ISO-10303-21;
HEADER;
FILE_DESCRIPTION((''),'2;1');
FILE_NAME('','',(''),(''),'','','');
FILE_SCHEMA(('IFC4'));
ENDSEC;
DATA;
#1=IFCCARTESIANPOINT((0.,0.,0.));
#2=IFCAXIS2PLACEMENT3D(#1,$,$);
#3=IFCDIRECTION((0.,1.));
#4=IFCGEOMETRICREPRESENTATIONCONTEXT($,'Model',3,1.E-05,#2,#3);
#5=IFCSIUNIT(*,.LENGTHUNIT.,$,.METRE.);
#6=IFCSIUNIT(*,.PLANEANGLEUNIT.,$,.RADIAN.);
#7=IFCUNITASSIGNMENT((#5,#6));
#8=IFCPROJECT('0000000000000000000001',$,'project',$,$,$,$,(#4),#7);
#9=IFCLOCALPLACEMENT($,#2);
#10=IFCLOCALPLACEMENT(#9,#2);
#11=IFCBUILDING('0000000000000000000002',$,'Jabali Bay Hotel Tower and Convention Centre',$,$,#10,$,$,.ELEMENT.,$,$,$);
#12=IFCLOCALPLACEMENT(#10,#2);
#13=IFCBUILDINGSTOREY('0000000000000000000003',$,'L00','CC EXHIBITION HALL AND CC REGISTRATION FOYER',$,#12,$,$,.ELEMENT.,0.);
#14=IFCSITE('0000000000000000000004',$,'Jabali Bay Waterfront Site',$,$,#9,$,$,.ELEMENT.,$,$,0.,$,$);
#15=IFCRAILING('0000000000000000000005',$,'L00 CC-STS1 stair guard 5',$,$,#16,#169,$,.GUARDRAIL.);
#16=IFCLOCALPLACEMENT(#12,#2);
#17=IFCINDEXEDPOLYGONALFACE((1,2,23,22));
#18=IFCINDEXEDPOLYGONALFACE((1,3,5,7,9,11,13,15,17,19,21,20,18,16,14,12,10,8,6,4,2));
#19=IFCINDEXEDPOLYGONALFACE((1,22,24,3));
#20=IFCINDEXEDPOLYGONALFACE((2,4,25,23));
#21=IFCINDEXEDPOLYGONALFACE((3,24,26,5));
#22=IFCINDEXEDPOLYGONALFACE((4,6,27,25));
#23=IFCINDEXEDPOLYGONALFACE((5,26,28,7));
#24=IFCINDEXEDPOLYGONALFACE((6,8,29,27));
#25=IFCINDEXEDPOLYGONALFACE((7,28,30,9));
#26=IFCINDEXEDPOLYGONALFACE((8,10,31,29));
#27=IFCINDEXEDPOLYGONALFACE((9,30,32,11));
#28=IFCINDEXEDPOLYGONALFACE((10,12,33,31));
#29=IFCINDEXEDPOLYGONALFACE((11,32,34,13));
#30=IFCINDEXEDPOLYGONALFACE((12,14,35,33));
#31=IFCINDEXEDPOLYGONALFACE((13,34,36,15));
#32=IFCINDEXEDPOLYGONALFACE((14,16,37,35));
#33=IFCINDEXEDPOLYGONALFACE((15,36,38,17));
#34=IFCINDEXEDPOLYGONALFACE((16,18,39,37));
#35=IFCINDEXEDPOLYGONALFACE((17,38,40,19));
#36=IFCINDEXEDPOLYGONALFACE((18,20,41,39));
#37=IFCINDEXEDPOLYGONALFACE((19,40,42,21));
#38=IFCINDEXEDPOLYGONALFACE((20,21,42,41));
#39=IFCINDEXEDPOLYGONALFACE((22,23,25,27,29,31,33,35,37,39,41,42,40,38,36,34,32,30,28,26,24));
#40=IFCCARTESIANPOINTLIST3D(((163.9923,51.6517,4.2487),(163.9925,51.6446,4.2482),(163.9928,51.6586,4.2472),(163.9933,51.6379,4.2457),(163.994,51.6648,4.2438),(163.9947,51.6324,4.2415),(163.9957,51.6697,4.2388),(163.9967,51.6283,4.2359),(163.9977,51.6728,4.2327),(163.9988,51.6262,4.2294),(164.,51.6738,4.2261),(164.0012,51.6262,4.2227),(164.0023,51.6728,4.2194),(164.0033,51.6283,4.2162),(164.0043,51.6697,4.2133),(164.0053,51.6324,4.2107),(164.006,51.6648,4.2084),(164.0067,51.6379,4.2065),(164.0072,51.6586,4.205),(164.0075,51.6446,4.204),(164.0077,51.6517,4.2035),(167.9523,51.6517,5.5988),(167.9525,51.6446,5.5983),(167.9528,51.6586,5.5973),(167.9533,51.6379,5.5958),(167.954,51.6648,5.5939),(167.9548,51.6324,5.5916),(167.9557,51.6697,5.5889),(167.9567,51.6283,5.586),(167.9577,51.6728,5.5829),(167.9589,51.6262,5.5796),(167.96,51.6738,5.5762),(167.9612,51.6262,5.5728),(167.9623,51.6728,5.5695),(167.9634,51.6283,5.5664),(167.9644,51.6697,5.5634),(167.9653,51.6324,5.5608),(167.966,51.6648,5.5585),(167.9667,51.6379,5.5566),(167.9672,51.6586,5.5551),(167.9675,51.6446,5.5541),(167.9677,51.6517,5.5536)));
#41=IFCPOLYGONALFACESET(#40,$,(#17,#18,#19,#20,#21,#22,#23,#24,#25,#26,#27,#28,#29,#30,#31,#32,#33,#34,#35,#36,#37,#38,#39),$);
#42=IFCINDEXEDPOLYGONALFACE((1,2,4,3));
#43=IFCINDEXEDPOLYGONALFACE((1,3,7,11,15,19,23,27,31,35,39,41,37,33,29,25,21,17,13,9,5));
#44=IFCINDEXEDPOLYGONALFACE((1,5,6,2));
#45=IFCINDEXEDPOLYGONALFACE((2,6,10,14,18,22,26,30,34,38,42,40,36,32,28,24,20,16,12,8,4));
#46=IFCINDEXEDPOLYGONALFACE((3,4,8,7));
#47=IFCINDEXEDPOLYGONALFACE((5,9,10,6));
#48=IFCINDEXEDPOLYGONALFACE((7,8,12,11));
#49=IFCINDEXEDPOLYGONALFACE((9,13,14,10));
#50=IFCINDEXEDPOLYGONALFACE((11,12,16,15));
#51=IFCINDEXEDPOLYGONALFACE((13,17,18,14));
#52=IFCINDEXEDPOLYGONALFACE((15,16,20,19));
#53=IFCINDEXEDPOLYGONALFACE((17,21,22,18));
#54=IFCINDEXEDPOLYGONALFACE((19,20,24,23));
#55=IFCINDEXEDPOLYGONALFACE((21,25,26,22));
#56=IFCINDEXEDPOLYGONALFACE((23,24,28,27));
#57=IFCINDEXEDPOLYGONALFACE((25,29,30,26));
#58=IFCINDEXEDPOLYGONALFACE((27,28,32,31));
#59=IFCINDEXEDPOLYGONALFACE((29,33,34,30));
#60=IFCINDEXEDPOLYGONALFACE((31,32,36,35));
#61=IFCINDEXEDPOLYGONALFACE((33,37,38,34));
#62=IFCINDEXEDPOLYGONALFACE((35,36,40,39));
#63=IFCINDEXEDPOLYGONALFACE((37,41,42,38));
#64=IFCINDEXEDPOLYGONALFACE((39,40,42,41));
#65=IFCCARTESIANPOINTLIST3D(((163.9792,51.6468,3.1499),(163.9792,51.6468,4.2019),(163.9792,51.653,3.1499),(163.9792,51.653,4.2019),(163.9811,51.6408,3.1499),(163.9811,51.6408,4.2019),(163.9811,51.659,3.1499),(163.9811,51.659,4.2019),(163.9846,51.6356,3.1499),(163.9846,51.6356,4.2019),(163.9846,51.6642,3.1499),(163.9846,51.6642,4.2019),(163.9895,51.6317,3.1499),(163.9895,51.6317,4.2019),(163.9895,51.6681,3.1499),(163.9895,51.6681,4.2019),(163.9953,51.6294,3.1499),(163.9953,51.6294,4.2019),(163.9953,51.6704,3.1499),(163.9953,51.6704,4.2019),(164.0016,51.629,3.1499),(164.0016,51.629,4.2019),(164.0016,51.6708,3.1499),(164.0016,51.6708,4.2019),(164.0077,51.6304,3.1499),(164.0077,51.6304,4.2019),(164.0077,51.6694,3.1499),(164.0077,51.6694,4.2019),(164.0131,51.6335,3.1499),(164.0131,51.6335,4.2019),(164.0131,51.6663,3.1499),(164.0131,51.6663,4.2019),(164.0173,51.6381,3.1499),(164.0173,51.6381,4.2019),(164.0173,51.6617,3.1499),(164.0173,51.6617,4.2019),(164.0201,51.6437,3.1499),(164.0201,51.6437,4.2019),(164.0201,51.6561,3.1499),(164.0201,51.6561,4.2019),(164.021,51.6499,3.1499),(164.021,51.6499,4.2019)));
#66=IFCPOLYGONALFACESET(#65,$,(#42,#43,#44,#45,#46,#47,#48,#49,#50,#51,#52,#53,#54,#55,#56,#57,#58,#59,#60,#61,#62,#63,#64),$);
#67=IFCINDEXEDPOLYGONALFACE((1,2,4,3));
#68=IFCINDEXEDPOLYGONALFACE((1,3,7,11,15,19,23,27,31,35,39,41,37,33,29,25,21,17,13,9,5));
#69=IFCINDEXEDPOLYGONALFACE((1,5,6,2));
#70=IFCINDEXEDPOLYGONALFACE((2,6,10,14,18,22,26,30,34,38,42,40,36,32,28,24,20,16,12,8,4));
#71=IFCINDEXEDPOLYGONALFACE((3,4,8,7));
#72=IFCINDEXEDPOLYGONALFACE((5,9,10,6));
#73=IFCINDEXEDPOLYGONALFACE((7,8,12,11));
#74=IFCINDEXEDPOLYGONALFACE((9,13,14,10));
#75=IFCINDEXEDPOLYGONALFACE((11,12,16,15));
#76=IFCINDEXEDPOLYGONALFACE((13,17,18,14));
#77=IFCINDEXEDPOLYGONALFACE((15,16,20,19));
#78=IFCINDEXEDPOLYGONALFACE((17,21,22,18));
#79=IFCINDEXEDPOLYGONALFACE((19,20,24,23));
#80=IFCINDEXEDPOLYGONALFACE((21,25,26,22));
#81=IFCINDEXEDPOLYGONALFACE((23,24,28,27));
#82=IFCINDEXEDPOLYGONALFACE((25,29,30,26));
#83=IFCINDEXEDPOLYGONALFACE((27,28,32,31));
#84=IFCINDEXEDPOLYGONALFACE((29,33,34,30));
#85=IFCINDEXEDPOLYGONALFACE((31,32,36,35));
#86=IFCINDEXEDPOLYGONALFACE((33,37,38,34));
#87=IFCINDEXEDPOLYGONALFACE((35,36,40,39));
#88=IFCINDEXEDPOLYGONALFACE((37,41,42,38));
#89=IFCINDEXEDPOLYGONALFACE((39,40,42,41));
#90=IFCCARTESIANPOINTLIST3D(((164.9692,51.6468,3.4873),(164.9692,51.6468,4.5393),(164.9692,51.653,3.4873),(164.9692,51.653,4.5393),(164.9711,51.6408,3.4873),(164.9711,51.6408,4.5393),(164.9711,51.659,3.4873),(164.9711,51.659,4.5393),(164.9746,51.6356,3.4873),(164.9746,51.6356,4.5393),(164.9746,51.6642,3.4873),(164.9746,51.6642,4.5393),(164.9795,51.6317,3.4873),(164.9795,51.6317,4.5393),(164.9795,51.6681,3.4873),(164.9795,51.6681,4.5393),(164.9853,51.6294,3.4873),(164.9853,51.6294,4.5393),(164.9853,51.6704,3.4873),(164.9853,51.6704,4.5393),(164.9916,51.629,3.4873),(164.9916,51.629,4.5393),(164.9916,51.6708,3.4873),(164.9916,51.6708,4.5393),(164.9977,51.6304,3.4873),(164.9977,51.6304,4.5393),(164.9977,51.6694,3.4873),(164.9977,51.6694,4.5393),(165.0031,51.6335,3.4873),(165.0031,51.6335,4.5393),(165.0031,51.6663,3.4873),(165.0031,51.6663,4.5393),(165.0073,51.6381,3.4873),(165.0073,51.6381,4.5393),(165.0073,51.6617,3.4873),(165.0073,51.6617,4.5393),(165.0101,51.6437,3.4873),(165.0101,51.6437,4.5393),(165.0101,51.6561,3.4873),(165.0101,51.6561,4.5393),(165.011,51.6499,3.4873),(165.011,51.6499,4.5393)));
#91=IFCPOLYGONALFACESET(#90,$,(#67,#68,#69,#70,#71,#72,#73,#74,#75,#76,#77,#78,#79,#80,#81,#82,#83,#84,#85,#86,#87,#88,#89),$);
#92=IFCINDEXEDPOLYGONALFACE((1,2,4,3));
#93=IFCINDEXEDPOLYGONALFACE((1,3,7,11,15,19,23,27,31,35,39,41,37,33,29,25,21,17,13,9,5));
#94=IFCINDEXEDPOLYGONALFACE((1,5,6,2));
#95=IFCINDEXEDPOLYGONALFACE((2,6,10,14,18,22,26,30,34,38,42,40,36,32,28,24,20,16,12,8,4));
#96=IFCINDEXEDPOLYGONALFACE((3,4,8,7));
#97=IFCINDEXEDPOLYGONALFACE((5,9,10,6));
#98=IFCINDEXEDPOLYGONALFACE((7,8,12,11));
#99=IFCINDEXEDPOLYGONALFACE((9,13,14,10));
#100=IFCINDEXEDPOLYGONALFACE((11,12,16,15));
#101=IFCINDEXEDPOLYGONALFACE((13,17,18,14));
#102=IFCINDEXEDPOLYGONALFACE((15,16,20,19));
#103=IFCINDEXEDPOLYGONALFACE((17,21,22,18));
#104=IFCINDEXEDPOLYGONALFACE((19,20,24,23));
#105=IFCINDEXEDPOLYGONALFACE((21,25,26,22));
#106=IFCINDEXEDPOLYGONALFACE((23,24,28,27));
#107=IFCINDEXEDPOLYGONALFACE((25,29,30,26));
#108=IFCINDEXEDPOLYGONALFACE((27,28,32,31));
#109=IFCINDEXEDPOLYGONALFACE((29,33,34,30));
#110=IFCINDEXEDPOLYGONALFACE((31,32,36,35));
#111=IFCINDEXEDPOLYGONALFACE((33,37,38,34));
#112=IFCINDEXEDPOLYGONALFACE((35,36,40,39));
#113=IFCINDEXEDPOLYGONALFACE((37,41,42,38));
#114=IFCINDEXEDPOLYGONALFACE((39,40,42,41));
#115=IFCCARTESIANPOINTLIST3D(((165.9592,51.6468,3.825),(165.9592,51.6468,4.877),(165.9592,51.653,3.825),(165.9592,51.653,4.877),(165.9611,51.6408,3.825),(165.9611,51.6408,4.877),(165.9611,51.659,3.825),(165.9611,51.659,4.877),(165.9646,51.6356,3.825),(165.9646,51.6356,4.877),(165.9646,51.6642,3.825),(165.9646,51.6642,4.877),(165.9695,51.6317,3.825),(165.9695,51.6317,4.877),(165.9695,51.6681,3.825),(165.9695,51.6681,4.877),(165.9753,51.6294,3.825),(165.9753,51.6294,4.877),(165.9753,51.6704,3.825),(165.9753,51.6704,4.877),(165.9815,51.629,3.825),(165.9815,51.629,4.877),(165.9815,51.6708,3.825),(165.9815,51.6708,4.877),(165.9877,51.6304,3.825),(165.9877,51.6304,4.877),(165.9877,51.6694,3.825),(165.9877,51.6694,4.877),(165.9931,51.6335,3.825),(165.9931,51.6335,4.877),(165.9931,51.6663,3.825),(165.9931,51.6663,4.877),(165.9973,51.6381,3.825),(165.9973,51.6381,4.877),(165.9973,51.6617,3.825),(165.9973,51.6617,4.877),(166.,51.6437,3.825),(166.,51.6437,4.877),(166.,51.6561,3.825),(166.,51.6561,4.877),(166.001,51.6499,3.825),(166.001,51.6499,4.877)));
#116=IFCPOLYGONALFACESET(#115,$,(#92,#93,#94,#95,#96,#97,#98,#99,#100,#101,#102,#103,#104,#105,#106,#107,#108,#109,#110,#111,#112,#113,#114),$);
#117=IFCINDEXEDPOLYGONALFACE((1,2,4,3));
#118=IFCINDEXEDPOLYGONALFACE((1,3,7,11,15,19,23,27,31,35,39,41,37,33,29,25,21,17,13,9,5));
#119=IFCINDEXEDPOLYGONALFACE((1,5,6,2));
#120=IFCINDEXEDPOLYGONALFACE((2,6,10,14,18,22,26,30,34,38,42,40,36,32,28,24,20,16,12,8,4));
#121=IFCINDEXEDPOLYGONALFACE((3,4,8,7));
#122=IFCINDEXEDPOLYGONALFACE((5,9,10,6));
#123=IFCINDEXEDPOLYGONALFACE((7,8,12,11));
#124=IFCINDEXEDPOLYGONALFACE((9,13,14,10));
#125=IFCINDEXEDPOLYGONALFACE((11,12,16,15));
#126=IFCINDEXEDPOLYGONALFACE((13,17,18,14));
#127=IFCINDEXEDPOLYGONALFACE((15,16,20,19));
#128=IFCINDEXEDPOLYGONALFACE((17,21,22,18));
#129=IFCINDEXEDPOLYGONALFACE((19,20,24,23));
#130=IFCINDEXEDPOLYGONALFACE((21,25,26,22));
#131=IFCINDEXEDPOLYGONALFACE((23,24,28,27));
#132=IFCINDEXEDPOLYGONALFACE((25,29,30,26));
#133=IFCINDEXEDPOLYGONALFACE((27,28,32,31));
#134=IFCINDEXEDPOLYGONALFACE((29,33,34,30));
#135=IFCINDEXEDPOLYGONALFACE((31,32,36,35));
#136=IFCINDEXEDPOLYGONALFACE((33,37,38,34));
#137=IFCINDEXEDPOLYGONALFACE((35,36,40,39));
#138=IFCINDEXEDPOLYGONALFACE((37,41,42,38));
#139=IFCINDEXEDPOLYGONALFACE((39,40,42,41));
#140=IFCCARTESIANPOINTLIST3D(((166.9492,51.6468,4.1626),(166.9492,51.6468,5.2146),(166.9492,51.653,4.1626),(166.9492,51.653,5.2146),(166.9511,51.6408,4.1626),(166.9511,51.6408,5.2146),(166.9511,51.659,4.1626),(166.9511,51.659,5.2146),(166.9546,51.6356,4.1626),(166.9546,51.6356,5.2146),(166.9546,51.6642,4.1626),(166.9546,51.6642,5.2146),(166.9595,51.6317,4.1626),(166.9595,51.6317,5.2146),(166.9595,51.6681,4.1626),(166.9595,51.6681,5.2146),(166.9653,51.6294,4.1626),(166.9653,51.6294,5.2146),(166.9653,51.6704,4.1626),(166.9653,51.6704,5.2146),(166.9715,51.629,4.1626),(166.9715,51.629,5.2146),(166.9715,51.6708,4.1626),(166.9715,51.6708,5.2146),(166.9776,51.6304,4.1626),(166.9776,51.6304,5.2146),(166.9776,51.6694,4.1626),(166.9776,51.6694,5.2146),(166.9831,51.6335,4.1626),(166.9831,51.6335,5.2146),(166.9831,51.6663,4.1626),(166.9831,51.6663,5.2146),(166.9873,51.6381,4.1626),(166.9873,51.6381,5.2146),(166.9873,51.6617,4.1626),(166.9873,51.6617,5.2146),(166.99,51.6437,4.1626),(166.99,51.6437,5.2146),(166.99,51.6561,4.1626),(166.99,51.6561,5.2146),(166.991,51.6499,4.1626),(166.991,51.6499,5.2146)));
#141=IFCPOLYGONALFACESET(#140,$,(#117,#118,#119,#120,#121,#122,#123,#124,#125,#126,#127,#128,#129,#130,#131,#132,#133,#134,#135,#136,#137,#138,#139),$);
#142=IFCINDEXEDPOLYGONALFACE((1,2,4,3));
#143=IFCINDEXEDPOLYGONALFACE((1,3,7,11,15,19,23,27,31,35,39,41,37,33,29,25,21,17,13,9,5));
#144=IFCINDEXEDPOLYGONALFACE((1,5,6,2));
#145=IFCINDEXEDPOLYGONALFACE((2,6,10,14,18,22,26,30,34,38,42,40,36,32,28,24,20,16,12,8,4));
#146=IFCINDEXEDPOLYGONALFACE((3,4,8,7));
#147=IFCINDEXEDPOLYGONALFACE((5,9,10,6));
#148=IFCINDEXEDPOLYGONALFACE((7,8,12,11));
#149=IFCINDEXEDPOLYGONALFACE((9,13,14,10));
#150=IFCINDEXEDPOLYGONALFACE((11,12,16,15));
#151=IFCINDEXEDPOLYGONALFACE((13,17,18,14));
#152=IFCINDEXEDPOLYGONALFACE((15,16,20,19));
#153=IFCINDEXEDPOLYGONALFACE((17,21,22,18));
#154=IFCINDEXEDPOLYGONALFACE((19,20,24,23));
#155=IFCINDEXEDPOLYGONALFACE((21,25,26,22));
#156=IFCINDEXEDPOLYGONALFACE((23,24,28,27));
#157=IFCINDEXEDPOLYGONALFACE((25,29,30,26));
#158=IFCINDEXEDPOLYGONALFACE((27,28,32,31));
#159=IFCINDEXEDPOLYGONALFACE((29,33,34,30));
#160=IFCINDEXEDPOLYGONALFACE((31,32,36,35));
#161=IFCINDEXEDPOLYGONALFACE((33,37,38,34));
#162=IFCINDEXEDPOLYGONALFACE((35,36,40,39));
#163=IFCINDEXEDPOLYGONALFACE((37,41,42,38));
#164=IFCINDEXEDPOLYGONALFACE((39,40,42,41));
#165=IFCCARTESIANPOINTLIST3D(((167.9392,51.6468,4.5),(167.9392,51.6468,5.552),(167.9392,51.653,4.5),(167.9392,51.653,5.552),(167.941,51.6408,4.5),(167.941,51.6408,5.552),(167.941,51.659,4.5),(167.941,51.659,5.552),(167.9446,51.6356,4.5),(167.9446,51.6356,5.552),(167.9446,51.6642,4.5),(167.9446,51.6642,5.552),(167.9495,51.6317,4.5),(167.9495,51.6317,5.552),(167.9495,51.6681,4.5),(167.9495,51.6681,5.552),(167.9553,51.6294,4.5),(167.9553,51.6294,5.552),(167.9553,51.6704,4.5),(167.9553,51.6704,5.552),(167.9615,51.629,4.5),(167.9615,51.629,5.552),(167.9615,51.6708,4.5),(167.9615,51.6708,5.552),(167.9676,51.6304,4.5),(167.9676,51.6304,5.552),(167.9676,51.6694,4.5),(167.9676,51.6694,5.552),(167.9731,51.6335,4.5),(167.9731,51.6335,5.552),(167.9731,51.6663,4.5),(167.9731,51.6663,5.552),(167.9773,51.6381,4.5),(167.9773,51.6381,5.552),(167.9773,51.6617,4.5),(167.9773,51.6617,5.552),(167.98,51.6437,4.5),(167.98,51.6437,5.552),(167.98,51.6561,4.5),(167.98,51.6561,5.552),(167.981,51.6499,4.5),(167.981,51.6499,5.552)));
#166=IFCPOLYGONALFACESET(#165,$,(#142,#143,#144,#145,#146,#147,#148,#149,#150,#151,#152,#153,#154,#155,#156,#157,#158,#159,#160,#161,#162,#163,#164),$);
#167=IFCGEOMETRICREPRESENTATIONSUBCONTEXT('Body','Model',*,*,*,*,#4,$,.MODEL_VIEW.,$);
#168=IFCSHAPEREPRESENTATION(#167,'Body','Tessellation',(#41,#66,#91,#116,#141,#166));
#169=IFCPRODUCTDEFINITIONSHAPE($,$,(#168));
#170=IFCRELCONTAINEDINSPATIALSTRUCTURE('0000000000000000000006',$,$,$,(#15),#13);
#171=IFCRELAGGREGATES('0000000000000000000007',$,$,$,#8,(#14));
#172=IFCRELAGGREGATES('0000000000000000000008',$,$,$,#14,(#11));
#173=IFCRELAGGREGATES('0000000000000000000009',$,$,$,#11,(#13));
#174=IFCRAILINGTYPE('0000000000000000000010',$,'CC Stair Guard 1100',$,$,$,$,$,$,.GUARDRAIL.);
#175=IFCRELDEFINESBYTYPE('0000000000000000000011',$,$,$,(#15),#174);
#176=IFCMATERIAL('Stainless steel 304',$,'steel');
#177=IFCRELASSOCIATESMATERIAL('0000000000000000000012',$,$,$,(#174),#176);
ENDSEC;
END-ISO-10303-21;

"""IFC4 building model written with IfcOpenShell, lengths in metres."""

from ifc_helpers import new_model, si_unit, direction, frame, origin, origin_2d, place, context, subcontext, project, spatial, circle, extrude, material, type_object, element, save


model = new_model("IFC4")

# Units and contexts
model_context = context("Model", 3, precision=1e-05, world=origin(), true_north=direction((0.0, 1.0)))
body_context = subcontext(model_context, "Body", "Model", "MODEL_VIEW")
ifc_project = project(units=[si_unit("LENGTHUNIT", "METRE"), si_unit("PLANEANGLEUNIT", "RADIAN")], contexts=[model_context])

# Site, building, storey
site_placement = place(None, origin())
site = spatial("IfcSite", under=ifc_project, at=site_placement, Name="Jabali Bay Waterfront Site", CompositionType="ELEMENT", RefElevation=0.0)
building_placement = place(site_placement, origin())
building = spatial("IfcBuilding", under=site, at=building_placement, Name="Jabali Bay Hotel Tower and Convention Centre", CompositionType="ELEMENT")
storey_placement = place(building_placement, origin())
storey = spatial("IfcBuildingStorey", under=building, at=storey_placement, Name="L00", Description="CC EXHIBITION HALL AND CC REGISTRATION FOYER", CompositionType="ELEMENT", Elevation=0.0)

# Railing
ifc_material_1 = material(Name="Stainless steel 304", Category="steel")
railing_type = type_object("IfcRailingType", Name="CC Stair Guard 1100", PredefinedType="GUARDRAIL", material=ifc_material_1)
railing_1_placement = place(storey_placement, frame((164.0, 51.6499, 3.1499)))
element("IfcRailing", 1, at=railing_1_placement, inside=storey, type_object=railing_type, Name="L00 CC-STS1 stair guard 5", PredefinedType="GUARDRAIL", context=body_context, shape_type="SweptSolid", body=[
    extrude(circle(Radius=0.0239, at=origin_2d()), frame((0.0, 0.0, 1.0762), z_axis=(0.946502, 0.0, 0.322698), x_axis=(0.0, 1.0, 0.0)), (0.0, 0.0, 1.0), 4.1838),
    extrude(circle(Radius=0.021, at=origin_2d()), origin(), (0.0, 0.0, 1.0), 1.052),
    extrude(circle(Radius=0.021, at=origin_2d()), frame((0.99, 0.0, 0.3374)), (0.0, 0.0, 1.0), 1.052),
    extrude(circle(Radius=0.021, at=origin_2d()), frame((1.98, 0.0, 0.675)), (0.0, 0.0, 1.0), 1.052),
    extrude(circle(Radius=0.021, at=origin_2d()), frame((2.97, 0.0, 1.0127)), (0.0, 0.0, 1.0), 1.052),
    extrude(circle(Radius=0.021, at=origin_2d()), frame((3.96, 0.0, 1.3501)), (0.0, 0.0, 1.0), 1.052),
])

save(model, "model.ifc")
